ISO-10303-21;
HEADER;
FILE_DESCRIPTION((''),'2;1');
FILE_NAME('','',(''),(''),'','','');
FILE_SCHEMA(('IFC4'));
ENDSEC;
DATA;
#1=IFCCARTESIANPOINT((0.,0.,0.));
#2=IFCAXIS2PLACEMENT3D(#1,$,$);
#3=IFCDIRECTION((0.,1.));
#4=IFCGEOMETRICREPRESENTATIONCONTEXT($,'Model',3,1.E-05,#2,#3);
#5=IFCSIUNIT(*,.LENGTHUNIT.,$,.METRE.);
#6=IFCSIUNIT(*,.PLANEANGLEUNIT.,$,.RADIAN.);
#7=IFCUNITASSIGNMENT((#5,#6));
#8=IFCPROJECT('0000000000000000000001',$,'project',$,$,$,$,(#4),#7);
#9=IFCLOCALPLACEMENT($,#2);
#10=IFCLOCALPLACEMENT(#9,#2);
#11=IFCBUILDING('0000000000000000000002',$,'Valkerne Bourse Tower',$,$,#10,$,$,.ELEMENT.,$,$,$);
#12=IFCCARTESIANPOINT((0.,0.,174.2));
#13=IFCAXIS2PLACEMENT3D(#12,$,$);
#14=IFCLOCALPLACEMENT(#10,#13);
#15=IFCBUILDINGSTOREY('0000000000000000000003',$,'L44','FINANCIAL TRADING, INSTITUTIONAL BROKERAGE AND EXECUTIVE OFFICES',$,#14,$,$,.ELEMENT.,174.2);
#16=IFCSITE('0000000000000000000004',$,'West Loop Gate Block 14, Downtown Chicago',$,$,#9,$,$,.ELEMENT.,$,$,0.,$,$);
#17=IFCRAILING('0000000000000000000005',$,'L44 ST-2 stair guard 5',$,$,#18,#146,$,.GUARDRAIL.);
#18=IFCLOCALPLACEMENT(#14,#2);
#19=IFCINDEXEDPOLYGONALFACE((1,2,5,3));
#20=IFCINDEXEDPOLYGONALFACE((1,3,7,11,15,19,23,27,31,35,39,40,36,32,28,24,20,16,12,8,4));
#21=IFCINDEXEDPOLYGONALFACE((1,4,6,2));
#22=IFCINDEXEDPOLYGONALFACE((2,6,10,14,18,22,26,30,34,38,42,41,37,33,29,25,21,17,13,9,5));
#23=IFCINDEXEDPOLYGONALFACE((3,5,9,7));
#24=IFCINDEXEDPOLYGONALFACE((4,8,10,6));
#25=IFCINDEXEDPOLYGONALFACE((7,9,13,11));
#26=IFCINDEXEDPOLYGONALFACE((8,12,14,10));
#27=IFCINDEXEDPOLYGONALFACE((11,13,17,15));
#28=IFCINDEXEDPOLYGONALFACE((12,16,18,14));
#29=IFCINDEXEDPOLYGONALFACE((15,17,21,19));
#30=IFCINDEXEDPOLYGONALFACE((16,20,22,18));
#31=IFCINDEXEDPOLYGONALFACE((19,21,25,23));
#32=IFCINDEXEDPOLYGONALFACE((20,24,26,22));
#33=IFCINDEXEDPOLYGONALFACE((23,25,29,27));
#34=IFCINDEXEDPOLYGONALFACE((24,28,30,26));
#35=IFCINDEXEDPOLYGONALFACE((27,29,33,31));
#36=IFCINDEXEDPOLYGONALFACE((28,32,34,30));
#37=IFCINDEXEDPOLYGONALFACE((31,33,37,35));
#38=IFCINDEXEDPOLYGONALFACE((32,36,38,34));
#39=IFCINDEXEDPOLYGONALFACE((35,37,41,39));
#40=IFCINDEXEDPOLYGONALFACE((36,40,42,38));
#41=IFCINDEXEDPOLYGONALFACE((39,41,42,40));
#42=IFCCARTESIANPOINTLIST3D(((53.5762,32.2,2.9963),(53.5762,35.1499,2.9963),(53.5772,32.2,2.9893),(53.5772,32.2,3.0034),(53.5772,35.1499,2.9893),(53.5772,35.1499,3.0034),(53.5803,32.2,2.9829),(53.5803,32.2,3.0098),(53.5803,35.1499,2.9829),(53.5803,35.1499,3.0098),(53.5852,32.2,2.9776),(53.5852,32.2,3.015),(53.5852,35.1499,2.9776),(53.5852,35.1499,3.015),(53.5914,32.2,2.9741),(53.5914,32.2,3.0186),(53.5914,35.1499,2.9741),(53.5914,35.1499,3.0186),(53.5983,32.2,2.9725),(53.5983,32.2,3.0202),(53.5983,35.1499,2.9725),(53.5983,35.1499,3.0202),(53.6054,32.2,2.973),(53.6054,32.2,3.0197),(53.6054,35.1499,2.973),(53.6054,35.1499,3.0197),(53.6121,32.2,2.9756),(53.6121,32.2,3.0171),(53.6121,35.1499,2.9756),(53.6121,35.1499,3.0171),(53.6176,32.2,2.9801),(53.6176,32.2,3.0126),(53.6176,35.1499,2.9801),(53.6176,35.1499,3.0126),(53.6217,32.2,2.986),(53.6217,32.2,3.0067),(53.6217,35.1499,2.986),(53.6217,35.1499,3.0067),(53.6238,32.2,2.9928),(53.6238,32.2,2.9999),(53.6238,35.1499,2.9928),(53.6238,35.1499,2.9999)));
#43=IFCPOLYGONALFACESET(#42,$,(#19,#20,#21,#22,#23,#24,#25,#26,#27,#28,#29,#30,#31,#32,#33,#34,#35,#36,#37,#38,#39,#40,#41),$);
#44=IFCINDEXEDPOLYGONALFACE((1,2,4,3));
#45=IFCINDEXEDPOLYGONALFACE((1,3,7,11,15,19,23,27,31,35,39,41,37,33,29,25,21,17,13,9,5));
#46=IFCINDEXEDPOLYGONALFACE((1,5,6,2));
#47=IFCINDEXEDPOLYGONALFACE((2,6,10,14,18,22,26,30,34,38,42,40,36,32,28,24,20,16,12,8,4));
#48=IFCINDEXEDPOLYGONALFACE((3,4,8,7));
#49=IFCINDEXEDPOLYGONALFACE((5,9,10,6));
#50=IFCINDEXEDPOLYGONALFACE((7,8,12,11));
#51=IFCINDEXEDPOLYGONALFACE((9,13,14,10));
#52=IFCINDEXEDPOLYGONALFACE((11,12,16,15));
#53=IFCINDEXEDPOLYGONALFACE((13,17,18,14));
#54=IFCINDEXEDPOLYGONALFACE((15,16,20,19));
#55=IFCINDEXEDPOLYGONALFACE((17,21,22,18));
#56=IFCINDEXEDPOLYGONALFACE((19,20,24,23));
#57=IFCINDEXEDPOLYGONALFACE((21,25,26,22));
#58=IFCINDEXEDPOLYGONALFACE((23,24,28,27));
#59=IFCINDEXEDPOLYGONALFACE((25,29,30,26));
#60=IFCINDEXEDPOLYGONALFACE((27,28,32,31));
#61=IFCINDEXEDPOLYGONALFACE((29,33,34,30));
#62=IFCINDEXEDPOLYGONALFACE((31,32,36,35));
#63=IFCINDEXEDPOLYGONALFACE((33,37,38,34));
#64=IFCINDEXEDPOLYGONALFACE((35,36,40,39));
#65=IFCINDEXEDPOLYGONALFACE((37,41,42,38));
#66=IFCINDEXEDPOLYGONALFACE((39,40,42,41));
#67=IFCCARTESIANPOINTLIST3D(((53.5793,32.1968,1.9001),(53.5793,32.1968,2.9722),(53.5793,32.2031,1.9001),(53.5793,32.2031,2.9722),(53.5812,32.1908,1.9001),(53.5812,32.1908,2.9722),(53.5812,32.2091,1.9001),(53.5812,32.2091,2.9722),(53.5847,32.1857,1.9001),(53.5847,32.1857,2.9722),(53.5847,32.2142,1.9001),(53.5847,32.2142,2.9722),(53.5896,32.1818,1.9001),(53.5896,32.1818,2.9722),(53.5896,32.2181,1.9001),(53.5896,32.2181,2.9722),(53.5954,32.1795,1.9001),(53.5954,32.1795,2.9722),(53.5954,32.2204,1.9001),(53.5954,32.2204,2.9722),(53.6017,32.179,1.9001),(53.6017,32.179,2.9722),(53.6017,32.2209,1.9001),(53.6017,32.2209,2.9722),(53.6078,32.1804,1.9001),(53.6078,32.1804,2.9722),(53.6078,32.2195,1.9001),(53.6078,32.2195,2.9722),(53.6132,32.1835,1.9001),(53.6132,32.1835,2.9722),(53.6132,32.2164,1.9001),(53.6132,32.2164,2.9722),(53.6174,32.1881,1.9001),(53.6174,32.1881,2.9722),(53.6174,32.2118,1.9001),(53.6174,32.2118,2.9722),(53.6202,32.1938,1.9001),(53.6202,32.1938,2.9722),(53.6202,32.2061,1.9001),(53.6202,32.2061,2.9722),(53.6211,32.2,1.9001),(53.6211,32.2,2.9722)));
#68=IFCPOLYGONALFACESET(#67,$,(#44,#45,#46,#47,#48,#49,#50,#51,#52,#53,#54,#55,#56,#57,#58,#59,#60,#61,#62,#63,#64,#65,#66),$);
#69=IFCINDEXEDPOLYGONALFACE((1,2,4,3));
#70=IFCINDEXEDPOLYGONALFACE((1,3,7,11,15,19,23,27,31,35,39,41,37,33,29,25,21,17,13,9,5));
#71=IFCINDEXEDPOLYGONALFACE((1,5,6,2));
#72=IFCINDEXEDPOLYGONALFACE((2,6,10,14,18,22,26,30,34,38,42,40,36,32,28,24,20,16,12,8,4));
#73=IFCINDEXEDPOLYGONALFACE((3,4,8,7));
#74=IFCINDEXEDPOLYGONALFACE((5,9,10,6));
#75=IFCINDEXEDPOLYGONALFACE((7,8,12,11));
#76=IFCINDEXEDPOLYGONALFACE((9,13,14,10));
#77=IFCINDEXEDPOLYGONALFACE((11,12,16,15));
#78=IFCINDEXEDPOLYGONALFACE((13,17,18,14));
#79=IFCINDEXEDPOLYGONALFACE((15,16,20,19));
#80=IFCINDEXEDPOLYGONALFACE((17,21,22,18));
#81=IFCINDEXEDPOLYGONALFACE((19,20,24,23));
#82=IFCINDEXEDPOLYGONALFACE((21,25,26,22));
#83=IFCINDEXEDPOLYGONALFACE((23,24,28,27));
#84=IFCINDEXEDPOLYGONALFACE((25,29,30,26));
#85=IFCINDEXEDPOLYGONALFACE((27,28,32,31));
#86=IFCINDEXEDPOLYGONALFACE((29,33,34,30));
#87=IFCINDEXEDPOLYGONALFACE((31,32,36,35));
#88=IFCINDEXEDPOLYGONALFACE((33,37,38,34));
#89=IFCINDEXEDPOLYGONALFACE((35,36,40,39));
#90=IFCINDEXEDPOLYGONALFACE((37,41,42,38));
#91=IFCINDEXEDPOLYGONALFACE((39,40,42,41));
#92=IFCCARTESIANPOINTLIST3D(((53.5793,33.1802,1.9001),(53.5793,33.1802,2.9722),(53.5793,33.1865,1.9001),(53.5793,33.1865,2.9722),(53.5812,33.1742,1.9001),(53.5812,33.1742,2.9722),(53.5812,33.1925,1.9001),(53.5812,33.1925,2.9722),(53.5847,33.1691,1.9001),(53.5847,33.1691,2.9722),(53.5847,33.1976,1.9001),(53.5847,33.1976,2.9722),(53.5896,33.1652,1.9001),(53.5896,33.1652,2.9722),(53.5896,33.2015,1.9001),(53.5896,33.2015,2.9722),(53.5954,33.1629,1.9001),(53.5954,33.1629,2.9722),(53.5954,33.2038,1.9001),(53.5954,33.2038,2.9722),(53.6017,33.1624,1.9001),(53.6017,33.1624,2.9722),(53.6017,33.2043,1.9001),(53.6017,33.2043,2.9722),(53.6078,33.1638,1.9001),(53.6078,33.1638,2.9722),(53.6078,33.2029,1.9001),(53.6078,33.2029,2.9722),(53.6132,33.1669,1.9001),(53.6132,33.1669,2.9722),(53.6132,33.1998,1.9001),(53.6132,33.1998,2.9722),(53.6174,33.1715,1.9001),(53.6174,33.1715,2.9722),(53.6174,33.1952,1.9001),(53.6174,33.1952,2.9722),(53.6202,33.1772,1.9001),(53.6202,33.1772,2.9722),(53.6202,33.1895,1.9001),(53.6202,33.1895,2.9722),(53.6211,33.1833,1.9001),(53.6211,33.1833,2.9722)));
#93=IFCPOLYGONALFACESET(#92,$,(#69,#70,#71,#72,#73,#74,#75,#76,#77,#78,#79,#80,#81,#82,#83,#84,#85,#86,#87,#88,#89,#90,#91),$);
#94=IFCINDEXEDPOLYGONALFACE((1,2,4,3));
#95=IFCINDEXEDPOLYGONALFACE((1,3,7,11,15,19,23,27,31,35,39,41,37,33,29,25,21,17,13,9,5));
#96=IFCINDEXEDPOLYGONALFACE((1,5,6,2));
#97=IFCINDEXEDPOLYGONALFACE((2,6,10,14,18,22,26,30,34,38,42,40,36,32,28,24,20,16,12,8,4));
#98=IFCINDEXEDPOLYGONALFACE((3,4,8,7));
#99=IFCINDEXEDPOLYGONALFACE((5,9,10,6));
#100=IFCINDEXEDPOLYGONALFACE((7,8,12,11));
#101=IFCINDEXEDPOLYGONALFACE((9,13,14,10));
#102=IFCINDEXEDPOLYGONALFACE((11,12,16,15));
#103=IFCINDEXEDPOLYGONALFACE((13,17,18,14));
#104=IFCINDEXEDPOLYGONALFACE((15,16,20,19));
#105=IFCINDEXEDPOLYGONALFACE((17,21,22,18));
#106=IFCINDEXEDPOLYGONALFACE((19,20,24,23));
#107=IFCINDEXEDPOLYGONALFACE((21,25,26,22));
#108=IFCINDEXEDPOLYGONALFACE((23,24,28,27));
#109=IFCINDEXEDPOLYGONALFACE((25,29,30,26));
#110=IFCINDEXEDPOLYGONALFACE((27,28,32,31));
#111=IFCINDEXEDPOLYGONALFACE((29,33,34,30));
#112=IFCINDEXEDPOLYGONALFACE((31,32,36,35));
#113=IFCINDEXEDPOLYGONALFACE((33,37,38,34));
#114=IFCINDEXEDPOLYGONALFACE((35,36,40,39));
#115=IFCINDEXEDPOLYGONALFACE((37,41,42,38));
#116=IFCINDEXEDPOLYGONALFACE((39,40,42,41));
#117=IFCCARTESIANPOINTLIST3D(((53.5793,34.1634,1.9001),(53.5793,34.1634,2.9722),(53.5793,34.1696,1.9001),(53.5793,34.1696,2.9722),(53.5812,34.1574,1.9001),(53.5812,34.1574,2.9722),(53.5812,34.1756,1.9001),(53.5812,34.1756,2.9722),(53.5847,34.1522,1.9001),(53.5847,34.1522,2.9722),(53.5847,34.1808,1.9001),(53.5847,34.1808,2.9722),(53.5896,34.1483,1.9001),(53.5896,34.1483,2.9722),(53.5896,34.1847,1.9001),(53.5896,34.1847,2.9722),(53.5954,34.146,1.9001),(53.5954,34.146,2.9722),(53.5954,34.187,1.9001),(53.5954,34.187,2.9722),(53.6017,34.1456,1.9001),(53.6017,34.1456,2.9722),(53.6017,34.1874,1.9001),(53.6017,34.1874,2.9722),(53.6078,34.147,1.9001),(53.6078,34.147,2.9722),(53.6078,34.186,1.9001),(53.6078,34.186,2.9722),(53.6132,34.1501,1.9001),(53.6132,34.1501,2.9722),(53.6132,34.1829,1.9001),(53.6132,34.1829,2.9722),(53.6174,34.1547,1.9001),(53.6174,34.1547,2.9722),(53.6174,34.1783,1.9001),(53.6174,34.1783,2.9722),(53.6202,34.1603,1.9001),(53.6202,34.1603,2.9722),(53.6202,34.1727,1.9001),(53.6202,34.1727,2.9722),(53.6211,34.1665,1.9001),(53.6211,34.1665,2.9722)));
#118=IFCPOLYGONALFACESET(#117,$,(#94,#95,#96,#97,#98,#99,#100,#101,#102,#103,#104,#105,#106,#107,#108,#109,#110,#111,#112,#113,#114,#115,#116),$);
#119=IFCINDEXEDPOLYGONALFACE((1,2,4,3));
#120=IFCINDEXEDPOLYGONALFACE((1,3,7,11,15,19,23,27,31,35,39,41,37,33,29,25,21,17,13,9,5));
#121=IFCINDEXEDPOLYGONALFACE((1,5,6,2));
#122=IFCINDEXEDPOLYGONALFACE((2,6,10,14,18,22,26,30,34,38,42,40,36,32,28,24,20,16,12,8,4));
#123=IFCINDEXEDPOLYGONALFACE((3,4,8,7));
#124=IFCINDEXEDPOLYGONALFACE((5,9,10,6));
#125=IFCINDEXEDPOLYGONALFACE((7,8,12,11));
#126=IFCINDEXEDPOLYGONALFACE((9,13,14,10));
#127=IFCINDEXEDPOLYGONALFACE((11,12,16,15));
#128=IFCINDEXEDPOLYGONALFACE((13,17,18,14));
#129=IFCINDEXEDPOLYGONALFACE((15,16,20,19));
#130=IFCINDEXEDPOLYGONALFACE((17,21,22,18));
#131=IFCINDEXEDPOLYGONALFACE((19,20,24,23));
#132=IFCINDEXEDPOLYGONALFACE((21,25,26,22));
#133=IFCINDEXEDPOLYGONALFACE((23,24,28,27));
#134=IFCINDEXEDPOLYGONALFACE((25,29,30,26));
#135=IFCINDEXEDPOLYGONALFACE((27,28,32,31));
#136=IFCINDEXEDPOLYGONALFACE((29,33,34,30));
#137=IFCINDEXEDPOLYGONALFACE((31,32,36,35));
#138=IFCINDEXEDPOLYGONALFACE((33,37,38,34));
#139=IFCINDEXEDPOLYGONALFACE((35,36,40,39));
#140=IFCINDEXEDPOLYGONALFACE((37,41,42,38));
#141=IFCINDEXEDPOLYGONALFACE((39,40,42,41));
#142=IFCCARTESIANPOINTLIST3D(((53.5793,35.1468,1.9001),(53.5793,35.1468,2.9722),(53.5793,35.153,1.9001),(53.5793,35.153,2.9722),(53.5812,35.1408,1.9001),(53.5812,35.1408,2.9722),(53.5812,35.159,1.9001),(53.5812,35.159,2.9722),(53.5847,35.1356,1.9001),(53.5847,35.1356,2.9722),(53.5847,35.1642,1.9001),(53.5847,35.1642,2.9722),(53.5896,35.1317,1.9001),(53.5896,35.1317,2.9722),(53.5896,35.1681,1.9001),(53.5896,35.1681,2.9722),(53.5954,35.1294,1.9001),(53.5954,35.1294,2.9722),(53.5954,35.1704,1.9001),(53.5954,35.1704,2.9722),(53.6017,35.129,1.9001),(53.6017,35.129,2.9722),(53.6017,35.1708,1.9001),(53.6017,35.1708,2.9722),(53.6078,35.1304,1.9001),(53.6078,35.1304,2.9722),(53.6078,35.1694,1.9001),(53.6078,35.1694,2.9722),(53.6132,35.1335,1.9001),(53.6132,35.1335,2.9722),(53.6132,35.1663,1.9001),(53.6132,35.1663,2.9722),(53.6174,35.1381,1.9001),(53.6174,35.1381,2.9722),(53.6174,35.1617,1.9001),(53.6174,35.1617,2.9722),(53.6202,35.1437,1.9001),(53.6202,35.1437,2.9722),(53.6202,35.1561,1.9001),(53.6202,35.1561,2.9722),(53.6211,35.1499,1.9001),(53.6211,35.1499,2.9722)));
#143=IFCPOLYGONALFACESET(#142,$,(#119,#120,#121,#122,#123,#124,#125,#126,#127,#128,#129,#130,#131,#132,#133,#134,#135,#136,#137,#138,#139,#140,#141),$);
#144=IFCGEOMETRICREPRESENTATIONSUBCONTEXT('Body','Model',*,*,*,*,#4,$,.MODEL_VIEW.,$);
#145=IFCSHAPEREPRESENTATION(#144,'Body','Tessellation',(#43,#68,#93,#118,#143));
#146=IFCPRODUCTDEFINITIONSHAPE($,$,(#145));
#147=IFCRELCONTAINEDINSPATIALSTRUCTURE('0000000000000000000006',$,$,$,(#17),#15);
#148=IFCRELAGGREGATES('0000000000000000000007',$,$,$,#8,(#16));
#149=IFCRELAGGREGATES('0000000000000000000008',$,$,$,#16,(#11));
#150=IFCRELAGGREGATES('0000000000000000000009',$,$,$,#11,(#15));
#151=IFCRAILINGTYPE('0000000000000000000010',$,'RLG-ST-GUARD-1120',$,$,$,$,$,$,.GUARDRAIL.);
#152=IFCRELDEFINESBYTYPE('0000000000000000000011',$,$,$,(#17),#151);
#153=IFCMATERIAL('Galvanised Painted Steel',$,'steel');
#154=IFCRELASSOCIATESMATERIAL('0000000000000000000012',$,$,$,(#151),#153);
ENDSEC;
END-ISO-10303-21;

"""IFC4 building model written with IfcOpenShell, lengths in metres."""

from ifc_helpers import new_model, si_unit, direction, frame, origin, origin_2d, place, context, subcontext, project, spatial, circle, extrude, material, type_object, element, save


model = new_model("IFC4")

# Units and contexts
model_context = context("Model", 3, precision=1e-05, world=origin(), true_north=direction((0.0, 1.0)))
body_context = subcontext(model_context, "Body", "Model", "MODEL_VIEW")
ifc_project = project(units=[si_unit("LENGTHUNIT", "METRE"), si_unit("PLANEANGLEUNIT", "RADIAN")], contexts=[model_context])

# Site, building, storey
site_placement = place(None, origin())
site = spatial("IfcSite", under=ifc_project, at=site_placement, Name="West Loop Gate Block 14, Downtown Chicago", CompositionType="ELEMENT", RefElevation=0.0)
building_placement = place(site_placement, origin())
building = spatial("IfcBuilding", under=site, at=building_placement, Name="Valkerne Bourse Tower", CompositionType="ELEMENT")
storey_placement = place(building_placement, frame((0.0, 0.0, 174.2)))
storey = spatial("IfcBuildingStorey", under=building, at=storey_placement, Name="L44", Description="FINANCIAL TRADING, INSTITUTIONAL BROKERAGE AND EXECUTIVE OFFICES", CompositionType="ELEMENT", Elevation=174.2)

# Railing
ifc_material_1 = material(Name="Galvanised Painted Steel", Category="steel")
railing_type = type_object("IfcRailingType", Name="RLG-ST-GUARD-1120", PredefinedType="GUARDRAIL", material=ifc_material_1)
railing_1_placement = place(storey_placement, frame((53.6001, 32.2, 1.9001)))
element("IfcRailing", 1, at=railing_1_placement, inside=storey, type_object=railing_type, Name="L44 ST-2 stair guard 5", PredefinedType="GUARDRAIL", context=body_context, shape_type="SweptSolid", body=[
    extrude(circle(Radius=0.0239, at=origin_2d()), frame((0.0, 0.0, 1.0962), z_axis=(0.0, 1.0, 0.0), x_axis=(-1.0, 0.0, 0.0)), (0.0, 0.0, 1.0), 2.95),
    extrude(circle(Radius=0.021, at=origin_2d()), origin(), (0.0, 0.0, 1.0), 1.072),
    extrude(circle(Radius=0.021, at=origin_2d()), frame((0.0, 0.9834, 0.0)), (0.0, 0.0, 1.0), 1.072),
    extrude(circle(Radius=0.021, at=origin_2d()), frame((0.0, 1.9666, 0.0)), (0.0, 0.0, 1.0), 1.072),
    extrude(circle(Radius=0.021, at=origin_2d()), frame((0.0, 2.95, 0.0)), (0.0, 0.0, 1.0), 1.072),
])

save(model, "model.ifc")
